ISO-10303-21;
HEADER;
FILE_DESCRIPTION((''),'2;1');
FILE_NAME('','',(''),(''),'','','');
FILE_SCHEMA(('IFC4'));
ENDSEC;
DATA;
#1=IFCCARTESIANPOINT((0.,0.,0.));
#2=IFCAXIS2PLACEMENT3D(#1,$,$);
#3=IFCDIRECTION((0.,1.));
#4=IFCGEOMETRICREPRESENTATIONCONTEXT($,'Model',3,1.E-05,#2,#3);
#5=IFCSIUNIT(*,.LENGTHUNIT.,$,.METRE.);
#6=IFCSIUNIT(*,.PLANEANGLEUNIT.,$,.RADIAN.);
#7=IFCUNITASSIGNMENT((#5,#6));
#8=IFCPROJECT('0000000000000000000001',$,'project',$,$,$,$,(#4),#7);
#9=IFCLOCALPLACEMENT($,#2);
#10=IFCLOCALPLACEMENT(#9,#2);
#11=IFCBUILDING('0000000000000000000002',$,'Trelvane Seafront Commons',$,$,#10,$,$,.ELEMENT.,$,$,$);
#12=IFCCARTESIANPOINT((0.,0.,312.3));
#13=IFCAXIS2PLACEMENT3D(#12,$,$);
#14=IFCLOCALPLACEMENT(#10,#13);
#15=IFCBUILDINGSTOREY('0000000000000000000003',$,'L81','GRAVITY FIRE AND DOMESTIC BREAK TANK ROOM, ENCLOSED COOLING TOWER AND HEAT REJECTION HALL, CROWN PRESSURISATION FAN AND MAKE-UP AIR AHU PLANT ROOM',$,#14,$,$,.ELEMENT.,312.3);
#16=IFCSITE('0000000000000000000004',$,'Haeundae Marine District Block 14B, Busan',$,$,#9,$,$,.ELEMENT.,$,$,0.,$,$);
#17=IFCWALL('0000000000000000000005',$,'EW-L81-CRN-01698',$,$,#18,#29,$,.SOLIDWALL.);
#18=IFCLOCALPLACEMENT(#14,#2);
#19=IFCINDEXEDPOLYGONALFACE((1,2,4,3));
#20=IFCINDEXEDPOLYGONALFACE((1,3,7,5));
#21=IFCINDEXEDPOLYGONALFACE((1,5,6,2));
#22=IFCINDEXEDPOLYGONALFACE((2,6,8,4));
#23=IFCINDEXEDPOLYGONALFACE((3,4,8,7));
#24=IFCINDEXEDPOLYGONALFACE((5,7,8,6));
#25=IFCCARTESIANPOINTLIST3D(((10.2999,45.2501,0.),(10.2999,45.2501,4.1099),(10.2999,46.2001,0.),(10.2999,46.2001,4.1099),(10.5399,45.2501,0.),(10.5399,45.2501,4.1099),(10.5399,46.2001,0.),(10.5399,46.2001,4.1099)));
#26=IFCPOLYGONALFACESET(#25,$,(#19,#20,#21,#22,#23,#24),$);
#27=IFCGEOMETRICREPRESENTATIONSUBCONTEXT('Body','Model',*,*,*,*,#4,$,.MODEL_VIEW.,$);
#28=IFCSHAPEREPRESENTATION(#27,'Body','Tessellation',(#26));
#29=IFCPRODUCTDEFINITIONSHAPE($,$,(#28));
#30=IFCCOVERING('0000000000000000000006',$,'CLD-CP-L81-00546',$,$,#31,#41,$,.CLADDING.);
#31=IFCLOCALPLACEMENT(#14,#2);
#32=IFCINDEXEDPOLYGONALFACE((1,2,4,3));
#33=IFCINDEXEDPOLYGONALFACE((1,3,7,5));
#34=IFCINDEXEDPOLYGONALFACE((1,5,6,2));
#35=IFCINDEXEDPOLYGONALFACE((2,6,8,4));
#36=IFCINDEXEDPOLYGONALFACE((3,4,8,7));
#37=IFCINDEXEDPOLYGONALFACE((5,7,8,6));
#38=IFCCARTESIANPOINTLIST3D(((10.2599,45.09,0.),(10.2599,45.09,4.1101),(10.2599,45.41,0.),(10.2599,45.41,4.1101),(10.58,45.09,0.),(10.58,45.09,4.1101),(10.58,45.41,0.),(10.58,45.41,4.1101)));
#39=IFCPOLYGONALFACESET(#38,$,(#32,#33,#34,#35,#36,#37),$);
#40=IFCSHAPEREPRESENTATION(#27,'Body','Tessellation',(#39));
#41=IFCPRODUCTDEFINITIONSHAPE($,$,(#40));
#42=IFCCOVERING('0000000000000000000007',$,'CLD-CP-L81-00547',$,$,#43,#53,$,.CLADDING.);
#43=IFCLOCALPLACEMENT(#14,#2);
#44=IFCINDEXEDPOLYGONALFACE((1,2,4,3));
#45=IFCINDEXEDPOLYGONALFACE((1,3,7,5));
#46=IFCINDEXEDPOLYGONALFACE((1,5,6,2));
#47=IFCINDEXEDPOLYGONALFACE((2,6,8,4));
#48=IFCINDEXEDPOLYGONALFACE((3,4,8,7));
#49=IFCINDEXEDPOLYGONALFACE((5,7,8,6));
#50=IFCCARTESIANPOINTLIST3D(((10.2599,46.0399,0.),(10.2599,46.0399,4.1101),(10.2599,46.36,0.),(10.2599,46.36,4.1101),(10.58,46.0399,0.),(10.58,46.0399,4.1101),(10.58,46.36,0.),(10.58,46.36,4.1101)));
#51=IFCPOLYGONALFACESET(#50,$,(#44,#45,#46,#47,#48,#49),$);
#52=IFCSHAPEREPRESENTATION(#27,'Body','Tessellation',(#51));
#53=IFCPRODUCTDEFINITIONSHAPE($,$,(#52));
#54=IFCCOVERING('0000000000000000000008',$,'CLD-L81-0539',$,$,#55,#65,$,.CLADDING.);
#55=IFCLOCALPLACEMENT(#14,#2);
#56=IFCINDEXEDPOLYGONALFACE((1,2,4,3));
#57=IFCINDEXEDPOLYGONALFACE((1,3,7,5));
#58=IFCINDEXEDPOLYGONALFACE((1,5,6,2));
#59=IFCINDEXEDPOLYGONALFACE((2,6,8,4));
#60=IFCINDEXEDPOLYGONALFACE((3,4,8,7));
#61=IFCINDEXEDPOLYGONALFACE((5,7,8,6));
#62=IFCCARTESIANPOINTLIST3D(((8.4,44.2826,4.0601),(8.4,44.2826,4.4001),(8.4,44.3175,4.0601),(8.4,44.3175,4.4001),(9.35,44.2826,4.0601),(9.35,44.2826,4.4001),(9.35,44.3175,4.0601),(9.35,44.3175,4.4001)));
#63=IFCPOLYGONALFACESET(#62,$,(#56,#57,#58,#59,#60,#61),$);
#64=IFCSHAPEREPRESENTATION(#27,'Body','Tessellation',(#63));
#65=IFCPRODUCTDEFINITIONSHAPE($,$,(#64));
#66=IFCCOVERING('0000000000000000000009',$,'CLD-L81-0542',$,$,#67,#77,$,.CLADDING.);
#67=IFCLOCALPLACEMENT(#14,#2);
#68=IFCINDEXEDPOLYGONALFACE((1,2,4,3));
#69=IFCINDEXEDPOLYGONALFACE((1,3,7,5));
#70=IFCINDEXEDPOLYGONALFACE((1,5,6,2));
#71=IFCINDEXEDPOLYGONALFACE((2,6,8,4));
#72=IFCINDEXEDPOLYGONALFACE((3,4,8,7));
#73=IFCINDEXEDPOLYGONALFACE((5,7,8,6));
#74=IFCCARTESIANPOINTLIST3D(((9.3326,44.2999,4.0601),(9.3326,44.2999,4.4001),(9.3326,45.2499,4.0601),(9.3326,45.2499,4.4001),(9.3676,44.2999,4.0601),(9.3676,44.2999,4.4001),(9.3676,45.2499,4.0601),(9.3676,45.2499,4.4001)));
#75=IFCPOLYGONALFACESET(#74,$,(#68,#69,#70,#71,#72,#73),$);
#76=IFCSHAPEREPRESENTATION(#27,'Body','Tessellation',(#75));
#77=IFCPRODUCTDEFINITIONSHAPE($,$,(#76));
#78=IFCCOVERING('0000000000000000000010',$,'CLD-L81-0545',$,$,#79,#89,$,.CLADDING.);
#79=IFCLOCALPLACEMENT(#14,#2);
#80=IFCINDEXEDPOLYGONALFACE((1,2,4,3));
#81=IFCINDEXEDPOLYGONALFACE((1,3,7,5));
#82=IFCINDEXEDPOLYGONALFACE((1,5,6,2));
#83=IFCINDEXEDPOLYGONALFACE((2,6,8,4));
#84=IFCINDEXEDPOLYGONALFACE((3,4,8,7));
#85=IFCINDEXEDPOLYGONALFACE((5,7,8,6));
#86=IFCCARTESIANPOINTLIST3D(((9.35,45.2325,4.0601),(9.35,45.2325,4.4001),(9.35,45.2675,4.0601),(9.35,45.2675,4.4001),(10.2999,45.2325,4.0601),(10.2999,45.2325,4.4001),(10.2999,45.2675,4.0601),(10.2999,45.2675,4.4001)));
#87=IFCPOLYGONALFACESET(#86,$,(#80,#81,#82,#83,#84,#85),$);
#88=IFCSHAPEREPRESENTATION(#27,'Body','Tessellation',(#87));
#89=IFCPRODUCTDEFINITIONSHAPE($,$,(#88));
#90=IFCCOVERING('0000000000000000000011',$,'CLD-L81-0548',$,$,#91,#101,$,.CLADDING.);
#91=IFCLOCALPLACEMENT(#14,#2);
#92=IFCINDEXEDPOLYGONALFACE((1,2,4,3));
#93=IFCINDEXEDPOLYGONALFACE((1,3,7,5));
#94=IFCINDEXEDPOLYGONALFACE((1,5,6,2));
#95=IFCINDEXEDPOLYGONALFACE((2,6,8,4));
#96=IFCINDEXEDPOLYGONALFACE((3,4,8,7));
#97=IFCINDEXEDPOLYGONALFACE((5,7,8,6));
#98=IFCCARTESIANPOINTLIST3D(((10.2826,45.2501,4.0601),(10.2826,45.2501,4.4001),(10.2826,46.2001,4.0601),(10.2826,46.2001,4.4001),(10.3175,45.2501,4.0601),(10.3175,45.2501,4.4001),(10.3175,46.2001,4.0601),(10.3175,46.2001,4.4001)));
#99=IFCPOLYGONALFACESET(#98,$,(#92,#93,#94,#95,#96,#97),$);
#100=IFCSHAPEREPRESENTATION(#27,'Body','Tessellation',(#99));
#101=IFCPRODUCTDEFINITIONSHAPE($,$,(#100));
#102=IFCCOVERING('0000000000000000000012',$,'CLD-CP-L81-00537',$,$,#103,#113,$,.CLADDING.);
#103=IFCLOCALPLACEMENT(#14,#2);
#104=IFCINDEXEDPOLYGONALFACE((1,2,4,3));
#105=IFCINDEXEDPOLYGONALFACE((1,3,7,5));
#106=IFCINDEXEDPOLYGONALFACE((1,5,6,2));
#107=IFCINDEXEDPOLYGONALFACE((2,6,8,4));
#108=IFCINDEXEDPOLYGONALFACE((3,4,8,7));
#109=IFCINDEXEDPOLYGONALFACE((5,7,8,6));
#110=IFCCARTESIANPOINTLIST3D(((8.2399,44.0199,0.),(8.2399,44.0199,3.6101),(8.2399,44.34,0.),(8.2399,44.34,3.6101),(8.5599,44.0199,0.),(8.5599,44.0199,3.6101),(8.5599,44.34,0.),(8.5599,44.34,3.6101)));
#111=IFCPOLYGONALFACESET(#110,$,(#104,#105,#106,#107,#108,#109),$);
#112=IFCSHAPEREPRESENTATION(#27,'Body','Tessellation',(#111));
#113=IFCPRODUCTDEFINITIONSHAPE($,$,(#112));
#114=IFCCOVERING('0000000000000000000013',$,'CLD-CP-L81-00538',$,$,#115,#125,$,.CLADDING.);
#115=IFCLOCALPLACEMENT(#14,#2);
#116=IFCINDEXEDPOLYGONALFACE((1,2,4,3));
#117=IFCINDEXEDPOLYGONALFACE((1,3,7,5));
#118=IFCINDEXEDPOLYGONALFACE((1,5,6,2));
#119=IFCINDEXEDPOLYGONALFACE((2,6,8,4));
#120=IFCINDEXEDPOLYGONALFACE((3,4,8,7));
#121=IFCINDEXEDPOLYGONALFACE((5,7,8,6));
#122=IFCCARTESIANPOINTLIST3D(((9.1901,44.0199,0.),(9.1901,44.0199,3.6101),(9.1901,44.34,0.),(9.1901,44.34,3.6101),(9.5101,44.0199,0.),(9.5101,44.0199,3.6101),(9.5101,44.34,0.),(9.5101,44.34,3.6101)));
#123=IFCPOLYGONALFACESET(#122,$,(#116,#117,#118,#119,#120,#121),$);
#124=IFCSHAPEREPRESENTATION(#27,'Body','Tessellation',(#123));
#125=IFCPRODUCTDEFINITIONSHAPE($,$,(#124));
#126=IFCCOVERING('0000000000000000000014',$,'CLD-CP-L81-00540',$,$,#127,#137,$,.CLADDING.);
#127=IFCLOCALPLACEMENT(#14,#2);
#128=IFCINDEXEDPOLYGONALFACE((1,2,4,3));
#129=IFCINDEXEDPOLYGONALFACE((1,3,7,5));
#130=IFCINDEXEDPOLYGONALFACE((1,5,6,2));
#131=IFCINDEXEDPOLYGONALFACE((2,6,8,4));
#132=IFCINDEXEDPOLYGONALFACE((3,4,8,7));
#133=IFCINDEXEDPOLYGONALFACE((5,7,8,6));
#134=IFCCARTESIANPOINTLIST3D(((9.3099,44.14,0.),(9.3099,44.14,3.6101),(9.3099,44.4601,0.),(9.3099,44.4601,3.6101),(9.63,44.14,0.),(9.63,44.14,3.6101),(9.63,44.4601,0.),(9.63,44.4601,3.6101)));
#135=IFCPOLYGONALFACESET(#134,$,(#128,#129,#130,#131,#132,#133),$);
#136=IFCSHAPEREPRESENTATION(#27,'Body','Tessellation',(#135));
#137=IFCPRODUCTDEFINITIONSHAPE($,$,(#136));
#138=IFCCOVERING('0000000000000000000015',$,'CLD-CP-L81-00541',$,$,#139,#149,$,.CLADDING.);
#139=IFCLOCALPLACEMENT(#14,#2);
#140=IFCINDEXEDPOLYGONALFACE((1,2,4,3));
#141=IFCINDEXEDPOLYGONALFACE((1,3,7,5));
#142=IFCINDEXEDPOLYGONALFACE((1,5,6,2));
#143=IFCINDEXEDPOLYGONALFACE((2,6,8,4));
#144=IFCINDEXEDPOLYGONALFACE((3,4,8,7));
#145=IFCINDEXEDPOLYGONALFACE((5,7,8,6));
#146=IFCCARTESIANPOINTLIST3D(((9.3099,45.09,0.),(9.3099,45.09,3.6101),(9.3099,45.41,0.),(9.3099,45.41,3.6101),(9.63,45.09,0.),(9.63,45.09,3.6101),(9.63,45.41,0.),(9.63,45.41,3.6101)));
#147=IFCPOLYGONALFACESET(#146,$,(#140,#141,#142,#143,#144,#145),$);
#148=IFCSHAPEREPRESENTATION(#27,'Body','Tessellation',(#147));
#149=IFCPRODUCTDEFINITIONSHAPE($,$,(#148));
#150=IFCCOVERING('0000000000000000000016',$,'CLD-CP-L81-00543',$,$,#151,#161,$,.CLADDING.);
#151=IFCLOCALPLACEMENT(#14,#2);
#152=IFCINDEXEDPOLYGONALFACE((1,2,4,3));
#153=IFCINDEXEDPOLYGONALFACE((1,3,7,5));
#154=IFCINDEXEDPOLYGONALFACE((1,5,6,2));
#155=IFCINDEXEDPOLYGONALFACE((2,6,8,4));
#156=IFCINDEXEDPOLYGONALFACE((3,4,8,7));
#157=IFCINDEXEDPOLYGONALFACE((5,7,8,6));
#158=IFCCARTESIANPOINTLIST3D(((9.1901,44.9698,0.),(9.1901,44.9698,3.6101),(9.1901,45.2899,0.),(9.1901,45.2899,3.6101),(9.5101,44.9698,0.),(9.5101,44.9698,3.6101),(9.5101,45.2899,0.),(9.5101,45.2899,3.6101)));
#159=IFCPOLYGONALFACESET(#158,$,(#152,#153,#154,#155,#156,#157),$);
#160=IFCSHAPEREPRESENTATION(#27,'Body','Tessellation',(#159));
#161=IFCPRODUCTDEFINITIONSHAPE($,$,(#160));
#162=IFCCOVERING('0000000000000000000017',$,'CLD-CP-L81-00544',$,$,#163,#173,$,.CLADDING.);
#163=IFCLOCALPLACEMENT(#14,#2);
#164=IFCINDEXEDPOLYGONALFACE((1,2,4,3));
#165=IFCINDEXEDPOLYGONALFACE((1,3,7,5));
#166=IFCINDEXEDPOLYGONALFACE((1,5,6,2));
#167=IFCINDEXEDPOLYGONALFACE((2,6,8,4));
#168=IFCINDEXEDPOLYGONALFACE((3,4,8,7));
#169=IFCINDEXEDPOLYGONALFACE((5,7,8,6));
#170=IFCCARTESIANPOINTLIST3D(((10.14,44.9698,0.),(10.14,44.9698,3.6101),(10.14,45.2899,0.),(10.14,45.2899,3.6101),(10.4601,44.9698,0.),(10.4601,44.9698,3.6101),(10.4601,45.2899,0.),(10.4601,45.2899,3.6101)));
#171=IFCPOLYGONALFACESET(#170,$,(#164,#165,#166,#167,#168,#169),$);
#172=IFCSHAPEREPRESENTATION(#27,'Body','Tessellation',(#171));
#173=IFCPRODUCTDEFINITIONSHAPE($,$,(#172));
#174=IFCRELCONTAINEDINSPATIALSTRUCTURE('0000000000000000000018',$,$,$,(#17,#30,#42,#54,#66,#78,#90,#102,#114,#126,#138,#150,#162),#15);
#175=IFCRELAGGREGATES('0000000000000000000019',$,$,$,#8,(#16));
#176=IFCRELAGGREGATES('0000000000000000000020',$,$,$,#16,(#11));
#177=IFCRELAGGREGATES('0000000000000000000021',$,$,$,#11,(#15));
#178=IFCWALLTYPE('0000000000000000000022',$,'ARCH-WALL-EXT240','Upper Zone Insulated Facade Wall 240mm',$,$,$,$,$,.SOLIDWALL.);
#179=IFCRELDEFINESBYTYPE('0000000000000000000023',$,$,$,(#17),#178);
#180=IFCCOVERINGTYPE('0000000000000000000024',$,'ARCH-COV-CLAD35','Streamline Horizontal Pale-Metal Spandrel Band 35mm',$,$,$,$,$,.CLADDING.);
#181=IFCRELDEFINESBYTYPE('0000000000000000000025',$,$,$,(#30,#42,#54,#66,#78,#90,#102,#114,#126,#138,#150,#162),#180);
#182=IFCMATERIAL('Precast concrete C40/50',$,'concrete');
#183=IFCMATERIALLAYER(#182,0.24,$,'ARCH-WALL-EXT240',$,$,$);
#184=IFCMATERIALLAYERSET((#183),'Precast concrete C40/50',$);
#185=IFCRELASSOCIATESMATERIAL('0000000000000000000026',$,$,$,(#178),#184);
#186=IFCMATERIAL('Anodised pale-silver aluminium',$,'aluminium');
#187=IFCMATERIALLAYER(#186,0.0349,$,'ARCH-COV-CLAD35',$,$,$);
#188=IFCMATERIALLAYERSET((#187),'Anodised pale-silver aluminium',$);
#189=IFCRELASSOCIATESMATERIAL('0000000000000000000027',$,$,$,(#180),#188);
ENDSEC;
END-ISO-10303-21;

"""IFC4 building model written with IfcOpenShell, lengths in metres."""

from ifc_helpers import new_model, si_unit, direction, frame, frame_2d, origin, origin_2d, place, context, subcontext, project, spatial, rectangle, extrude, source, transform, mapped, material, layer, layer_set, type_object, element, save


model = new_model("IFC4")

# Units and contexts
model_context = context("Model", 3, precision=1e-05, world=origin(), true_north=direction((0.0, 1.0)))
body_context = subcontext(model_context, "Body", "Model", "MODEL_VIEW")
ifc_project = project(units=[si_unit("LENGTHUNIT", "METRE"), si_unit("PLANEANGLEUNIT", "RADIAN")], contexts=[model_context])

# Site, building, storey
site_placement = place(None, origin())
site = spatial("IfcSite", under=ifc_project, at=site_placement, Name="Haeundae Marine District Block 14B, Busan", CompositionType="ELEMENT", RefElevation=0.0)
building_placement = place(site_placement, origin())
building = spatial("IfcBuilding", under=site, at=building_placement, Name="Trelvane Seafront Commons", CompositionType="ELEMENT")
storey_placement = place(building_placement, frame((0.0, 0.0, 312.3)))
storey = spatial("IfcBuildingStorey", under=building, at=storey_placement, Name="L81", Description="GRAVITY FIRE AND DOMESTIC BREAK TANK ROOM, ENCLOSED COOLING TOWER AND HEAT REJECTION HALL, CROWN PRESSURISATION FAN AND MAKE-UP AIR AHU PLANT ROOM", CompositionType="ELEMENT", Elevation=312.3)

# Shared definitions
ifc_material_1 = material(Name="Anodised pale-silver aluminium", Category="aluminium")

# Wall
ifc_material_2 = material(Name="Precast concrete C40/50", Category="concrete")
ifc_layer_1 = layer(ifc_material_2, 0.24, Name="ARCH-WALL-EXT240")
ifc_layer_set_1 = layer_set([ifc_layer_1], Name="Precast concrete C40/50")
wall_type = type_object("IfcWallType", Name="ARCH-WALL-EXT240", Description="Upper Zone Insulated Facade Wall 240mm", PredefinedType="SOLIDWALL", material=ifc_layer_set_1)
wall_1_placement = place(storey_placement, frame((10.4199, 45.25, 0.0), z_axis=(0.0, 0.0, 1.0), x_axis=(0.0, 1.0, 0.0)))
element("IfcWall", 1, at=wall_1_placement, inside=storey, type_object=wall_type, Name="EW-L81-CRN-01698", PredefinedType="SOLIDWALL", context=body_context, shape_type="SweptSolid", body=[
    extrude(rectangle(XDim=0.95, YDim=0.24, at=frame_2d((0.4751, 0.0))), origin(), (0.0, 0.0, 1.0), 4.1099),
])

# Coverings
ifc_layer_2 = layer(ifc_material_1, 0.0349, Name="ARCH-COV-CLAD35")
ifc_layer_set_2 = layer_set([ifc_layer_2], Name="Anodised pale-silver aluminium")
covering_type = type_object("IfcCoveringType", Name="ARCH-COV-CLAD35", Description="Streamline Horizontal Pale-Metal Spandrel Band 35mm", PredefinedType="CLADDING", material=ifc_layer_set_2)
shared_shape_1 = source(origin(), body_context, "Body", "SweptSolid", [
    extrude(rectangle(XDim=0.3201, YDim=0.3201, at=origin_2d()), origin(), (0.0, 0.0, 1.0), 4.1101),
])
for number, where, z_axis, x_axis, name in (
    (2, (10.4199, 45.25, 0.0), (0.0, 0.0, 1.0), (1.0, 0.0, 0.0), "CLD-CP-L81-00546"),
    (3, (10.4199, 46.2, 0.0), (0.0, 0.0, 1.0), (1.0, 0.0, 0.0), "CLD-CP-L81-00547"),
):
    element("IfcCovering", number, at=place(storey_placement, frame(where, z_axis=z_axis, x_axis=x_axis)), inside=storey, type_object=covering_type, Name=name, PredefinedType="CLADDING", context=body_context, shape_type="MappedRepresentation", body=[
        mapped(shared_shape_1, transform((0.0, 0.0, 0.0), x_axis=(1.0, 0.0, 0.0), y_axis=(0.0, 1.0, 0.0), z_axis=(0.0, 0.0, 1.0), scale=1.0)),
    ])
shared_shape_2 = source(origin(), body_context, "Body", "SweptSolid", [
    extrude(rectangle(XDim=0.95, YDim=0.0349, at=origin_2d()), origin(), (0.0, 0.0, 1.0), 0.3401),
])
for number, where, z_axis, x_axis, name in (
    (4, (8.875, 44.3, 4.0601), (0.0, 0.0, 1.0), (1.0, 0.0, 0.0), "CLD-L81-0539"),
    (5, (9.3501, 44.7749, 4.0601), (0.0, 0.0, 1.0), (0.0, 1.0, 0.0), "CLD-L81-0542"),
    (6, (9.825, 45.25, 4.0601), (0.0, 0.0, 1.0), (1.0, 0.0, 0.0), "CLD-L81-0545"),
    (7, (10.3, 45.7251, 4.0601), (0.0, 0.0, 1.0), (0.0, 1.0, 0.0), "CLD-L81-0548"),
):
    element("IfcCovering", number, at=place(storey_placement, frame(where, z_axis=z_axis, x_axis=x_axis)), inside=storey, type_object=covering_type, Name=name, PredefinedType="CLADDING", context=body_context, shape_type="MappedRepresentation", body=[
        mapped(shared_shape_2, transform((0.0, 0.0, 0.0), x_axis=(1.0, 0.0, 0.0), y_axis=(0.0, 1.0, 0.0), z_axis=(0.0, 0.0, 1.0), scale=1.0)),
    ])
shared_shape_3 = source(origin(), body_context, "Body", "SweptSolid", [
    extrude(rectangle(XDim=0.3201, YDim=0.3201, at=origin_2d()), origin(), (0.0, 0.0, 1.0), 3.6101),
])
for number, where, z_axis, x_axis, name in (
    (8, (8.3999, 44.1799, 0.0), (0.0, 0.0, 1.0), (1.0, 0.0, 0.0), "CLD-CP-L81-00537"),
    (9, (9.3501, 44.1799, 0.0), (0.0, 0.0, 1.0), (1.0, 0.0, 0.0), "CLD-CP-L81-00538"),
    (10, (9.47, 44.3, 0.0), (0.0, 0.0, 1.0), (1.0, 0.0, 0.0), "CLD-CP-L81-00540"),
    (11, (9.47, 45.25, 0.0), (0.0, 0.0, 1.0), (1.0, 0.0, 0.0), "CLD-CP-L81-00541"),
    (12, (9.3501, 45.1299, 0.0), (0.0, 0.0, 1.0), (1.0, 0.0, 0.0), "CLD-CP-L81-00543"),
    (13, (10.3, 45.1299, 0.0), (0.0, 0.0, 1.0), (1.0, 0.0, 0.0), "CLD-CP-L81-00544"),
):
    element("IfcCovering", number, at=place(storey_placement, frame(where, z_axis=z_axis, x_axis=x_axis)), inside=storey, type_object=covering_type, Name=name, PredefinedType="CLADDING", context=body_context, shape_type="MappedRepresentation", body=[
        mapped(shared_shape_3, transform((0.0, 0.0, 0.0), x_axis=(1.0, 0.0, 0.0), y_axis=(0.0, 1.0, 0.0), z_axis=(0.0, 0.0, 1.0), scale=1.0)),
    ])

save(model, "model.ifc")
